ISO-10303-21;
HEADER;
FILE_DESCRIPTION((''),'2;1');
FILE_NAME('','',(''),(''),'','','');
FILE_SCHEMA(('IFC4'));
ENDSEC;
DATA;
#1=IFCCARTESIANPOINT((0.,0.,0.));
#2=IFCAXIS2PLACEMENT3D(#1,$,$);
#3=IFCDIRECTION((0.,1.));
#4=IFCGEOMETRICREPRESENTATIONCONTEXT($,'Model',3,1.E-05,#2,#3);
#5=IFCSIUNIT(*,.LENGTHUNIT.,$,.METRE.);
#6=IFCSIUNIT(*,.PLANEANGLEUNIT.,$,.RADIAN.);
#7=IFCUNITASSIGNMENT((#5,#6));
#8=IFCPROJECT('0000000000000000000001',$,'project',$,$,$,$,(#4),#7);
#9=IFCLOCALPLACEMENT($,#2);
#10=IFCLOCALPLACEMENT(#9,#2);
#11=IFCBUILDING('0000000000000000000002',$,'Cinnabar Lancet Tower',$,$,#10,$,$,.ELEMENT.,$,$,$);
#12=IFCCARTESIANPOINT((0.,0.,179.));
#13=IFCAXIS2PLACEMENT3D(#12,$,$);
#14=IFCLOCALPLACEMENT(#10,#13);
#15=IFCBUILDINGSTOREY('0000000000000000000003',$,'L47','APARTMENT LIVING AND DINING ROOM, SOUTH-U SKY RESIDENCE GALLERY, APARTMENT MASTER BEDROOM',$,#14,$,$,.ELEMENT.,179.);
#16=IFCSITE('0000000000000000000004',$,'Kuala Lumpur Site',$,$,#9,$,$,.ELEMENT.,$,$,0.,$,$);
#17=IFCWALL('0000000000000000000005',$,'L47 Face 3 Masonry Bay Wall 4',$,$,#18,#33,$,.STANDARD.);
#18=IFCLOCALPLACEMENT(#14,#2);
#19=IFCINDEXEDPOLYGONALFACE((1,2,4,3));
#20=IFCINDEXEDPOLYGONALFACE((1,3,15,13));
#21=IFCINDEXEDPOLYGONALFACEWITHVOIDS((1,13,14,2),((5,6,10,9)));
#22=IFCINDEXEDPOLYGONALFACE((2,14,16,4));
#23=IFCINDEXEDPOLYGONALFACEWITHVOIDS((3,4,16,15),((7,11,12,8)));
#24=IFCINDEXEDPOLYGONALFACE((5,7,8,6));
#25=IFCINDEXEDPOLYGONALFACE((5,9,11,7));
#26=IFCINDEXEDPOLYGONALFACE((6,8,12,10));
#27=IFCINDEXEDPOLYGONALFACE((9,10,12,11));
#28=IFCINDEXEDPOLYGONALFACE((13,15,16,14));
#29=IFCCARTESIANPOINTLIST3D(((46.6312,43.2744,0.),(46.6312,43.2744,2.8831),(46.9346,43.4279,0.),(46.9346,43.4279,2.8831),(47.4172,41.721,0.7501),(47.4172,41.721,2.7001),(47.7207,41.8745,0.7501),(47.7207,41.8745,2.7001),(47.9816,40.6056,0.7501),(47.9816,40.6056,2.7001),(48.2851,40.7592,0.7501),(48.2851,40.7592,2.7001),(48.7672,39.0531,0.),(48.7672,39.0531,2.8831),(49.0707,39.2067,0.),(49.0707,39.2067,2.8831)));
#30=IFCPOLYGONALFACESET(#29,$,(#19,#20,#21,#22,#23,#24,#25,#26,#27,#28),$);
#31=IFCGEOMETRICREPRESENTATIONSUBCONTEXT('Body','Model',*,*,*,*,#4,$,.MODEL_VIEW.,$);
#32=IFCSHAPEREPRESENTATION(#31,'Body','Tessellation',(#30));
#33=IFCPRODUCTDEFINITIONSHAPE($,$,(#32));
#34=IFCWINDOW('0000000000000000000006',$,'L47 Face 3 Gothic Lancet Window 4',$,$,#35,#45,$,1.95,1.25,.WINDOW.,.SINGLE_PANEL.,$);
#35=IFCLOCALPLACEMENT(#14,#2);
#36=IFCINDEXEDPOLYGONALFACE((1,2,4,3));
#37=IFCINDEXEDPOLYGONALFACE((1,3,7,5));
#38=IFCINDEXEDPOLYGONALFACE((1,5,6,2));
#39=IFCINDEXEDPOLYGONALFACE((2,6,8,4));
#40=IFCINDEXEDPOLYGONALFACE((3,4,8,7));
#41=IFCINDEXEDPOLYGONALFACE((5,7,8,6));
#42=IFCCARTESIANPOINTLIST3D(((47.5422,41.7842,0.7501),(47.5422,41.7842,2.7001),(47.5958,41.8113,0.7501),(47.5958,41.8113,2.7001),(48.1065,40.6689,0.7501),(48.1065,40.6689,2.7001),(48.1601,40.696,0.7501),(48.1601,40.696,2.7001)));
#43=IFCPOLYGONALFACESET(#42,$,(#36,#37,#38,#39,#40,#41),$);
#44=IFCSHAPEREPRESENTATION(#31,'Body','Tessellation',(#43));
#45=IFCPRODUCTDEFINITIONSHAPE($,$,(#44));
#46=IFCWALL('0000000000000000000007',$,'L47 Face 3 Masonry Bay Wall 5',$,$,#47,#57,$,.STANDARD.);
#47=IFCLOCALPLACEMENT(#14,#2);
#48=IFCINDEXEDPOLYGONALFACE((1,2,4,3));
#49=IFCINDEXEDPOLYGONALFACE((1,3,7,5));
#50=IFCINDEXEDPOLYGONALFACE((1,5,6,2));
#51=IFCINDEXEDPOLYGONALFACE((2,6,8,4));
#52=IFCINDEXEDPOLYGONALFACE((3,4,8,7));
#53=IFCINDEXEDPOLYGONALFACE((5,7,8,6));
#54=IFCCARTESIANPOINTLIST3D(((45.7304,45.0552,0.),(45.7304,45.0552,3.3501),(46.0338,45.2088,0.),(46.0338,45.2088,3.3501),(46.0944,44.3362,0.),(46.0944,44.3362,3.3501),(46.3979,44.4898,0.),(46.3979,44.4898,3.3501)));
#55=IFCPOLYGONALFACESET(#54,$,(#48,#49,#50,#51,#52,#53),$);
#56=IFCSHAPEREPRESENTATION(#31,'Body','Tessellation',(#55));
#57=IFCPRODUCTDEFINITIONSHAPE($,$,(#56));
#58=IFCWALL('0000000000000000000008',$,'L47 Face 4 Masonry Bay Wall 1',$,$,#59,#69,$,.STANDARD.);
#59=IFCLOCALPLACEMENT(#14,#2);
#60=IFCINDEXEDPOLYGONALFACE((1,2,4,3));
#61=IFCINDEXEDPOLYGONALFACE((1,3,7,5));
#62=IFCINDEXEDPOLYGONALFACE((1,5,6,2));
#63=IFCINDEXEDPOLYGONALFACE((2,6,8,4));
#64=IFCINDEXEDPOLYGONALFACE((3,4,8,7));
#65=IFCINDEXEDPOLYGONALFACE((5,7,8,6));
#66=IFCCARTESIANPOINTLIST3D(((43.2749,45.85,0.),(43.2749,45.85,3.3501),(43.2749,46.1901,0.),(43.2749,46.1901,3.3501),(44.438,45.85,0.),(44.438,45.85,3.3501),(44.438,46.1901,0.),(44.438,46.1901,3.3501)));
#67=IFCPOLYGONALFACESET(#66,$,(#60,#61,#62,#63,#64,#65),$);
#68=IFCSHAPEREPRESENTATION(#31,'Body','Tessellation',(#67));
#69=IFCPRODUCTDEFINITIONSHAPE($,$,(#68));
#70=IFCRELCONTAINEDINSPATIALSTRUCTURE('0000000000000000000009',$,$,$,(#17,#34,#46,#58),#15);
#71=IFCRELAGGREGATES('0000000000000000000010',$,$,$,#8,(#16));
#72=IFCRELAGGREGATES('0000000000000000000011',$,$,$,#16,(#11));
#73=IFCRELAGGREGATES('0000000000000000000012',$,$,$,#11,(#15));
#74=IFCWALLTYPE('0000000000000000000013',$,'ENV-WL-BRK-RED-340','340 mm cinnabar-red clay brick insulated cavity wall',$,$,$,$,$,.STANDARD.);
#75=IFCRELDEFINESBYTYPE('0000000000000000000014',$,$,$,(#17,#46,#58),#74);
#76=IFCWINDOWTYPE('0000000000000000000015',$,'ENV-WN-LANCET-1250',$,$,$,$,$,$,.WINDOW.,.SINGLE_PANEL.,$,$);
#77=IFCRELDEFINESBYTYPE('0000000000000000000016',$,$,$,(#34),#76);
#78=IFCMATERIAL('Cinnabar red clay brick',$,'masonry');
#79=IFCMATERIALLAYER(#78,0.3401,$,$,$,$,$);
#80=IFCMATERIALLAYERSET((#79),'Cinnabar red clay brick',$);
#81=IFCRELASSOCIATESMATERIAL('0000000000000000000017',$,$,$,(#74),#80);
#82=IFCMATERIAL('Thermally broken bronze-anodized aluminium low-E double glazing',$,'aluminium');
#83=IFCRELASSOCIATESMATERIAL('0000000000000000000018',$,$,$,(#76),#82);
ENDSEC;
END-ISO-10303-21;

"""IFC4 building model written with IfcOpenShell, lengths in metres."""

from ifc_helpers import new_model, si_unit, direction, frame, frame_2d, origin, place, context, subcontext, project, spatial, rectangle, extrude, material, layer, layer_set, type_object, element, fill, save


model = new_model("IFC4")

# Units and contexts
model_context = context("Model", 3, precision=1e-05, world=origin(), true_north=direction((0.0, 1.0)))
body_context = subcontext(model_context, "Body", "Model", "MODEL_VIEW")
ifc_project = project(units=[si_unit("LENGTHUNIT", "METRE"), si_unit("PLANEANGLEUNIT", "RADIAN")], contexts=[model_context])

# Site, building, storey
site_placement = place(None, origin())
site = spatial("IfcSite", under=ifc_project, at=site_placement, Name="Kuala Lumpur Site", CompositionType="ELEMENT", RefElevation=0.0)
building_placement = place(site_placement, origin())
building = spatial("IfcBuilding", under=site, at=building_placement, Name="Cinnabar Lancet Tower", CompositionType="ELEMENT")
storey_placement = place(building_placement, frame((0.0, 0.0, 179.0)))
storey = spatial("IfcBuildingStorey", under=building, at=storey_placement, Name="L47", Description="APARTMENT LIVING AND DINING ROOM, SOUTH-U SKY RESIDENCE GALLERY, APARTMENT MASTER BEDROOM", CompositionType="ELEMENT", Elevation=179.0)

# Shared definitions
ifc_material_1 = material(Name="Cinnabar red clay brick", Category="masonry")
ifc_layer_1 = layer(ifc_material_1, 0.3401)
ifc_layer_set_1 = layer_set([ifc_layer_1], Name="Cinnabar red clay brick")
wall_type_1 = type_object("IfcWallType", Name="ENV-WL-BRK-RED-340", Description="340 mm cinnabar-red clay brick insulated cavity wall", PredefinedType="STANDARD", material=ifc_layer_set_1)

# Wall, opening, window
wall_1_placement = place(storey_placement, frame((48.9189, 39.1299, 0.0), z_axis=(0.0, 0.0, 1.0), x_axis=(-0.451502, 0.89227, 0.0)))
wall_1 = element("IfcWall", 1, at=wall_1_placement, inside=storey, type_object=wall_type_1, Name="L47 Face 3 Masonry Bay Wall 4", PredefinedType="STANDARD", context=body_context, shape_type="SweptSolid", body=[
    extrude(rectangle(XDim=4.731, YDim=0.3401, at=frame_2d((2.3655, 0.0))), origin(), (0.0, 0.0, 1.0), 2.8831),
])
opening_placement = place(wall_1_placement, frame((1.74, 0.0, 0.75)))
opening = element("IfcOpeningElement", 2, at=opening_placement, cuts=wall_1, PredefinedType="OPENING", context=body_context, shape_type="SweptSolid", body=[
    extrude(rectangle(XDim=1.25, YDim=1.95, at=frame_2d((0.625, 0.9751))), frame((0.0, 0.1799, 0.0), z_axis=(0.0, -1.0, 0.0), x_axis=(1.0, 0.0, 0.0)), (0.0, 0.0, 1.0), 0.3601),
])
ifc_material_2 = material(Name="Thermally broken bronze-anodized aluminium low-E double glazing", Category="aluminium")
window_type = type_object("IfcWindowType", Name="ENV-WN-LANCET-1250", PartitioningType="SINGLE_PANEL", PredefinedType="WINDOW", material=ifc_material_2)
window_placement = place(opening_placement, origin())
window = element("IfcWindow", 3, at=window_placement, inside=storey, type_object=window_type, Name="L47 Face 3 Gothic Lancet Window 4", OverallHeight=1.95, OverallWidth=1.25, PartitioningType="SINGLE_PANEL", PredefinedType="WINDOW", context=body_context, shape_type="SweptSolid", body=[
    extrude(rectangle(XDim=1.25, YDim=1.95, at=frame_2d((0.625, 0.9751))), frame((0.0, 0.03, 0.0), z_axis=(0.0, -1.0, 0.0), x_axis=(1.0, 0.0, 0.0)), (0.0, 0.0, 1.0), 0.0601),
])
fill(opening, window)

# Walls
wall_2_placement = place(storey_placement, frame((46.2461, 44.4131, 0.0), z_axis=(0.0, 0.0, 1.0), x_axis=(-0.451692, 0.892174, 0.0)))
element("IfcWall", 4, at=wall_2_placement, inside=storey, type_object=wall_type_1, Name="L47 Face 3 Masonry Bay Wall 5", PredefinedType="STANDARD", context=body_context, shape_type="SweptSolid", body=[
    extrude(rectangle(XDim=0.8059, YDim=0.3401, at=frame_2d((0.4028, 0.0))), origin(), (0.0, 0.0, 1.0), 3.3501),
])
wall_3_placement = place(storey_placement, frame((44.438, 46.02, 0.0), z_axis=(0.0, 0.0, 1.0), x_axis=(-1.0, 0.0, 0.0)))
element("IfcWall", 5, at=wall_3_placement, inside=storey, type_object=wall_type_1, Name="L47 Face 4 Masonry Bay Wall 1", PredefinedType="STANDARD", context=body_context, shape_type="SweptSolid", body=[
    extrude(rectangle(XDim=1.1631, YDim=0.3401, at=frame_2d((0.5815, 0.0))), origin(), (0.0, 0.0, 1.0), 3.3501),
])

save(model, "model.ifc")
